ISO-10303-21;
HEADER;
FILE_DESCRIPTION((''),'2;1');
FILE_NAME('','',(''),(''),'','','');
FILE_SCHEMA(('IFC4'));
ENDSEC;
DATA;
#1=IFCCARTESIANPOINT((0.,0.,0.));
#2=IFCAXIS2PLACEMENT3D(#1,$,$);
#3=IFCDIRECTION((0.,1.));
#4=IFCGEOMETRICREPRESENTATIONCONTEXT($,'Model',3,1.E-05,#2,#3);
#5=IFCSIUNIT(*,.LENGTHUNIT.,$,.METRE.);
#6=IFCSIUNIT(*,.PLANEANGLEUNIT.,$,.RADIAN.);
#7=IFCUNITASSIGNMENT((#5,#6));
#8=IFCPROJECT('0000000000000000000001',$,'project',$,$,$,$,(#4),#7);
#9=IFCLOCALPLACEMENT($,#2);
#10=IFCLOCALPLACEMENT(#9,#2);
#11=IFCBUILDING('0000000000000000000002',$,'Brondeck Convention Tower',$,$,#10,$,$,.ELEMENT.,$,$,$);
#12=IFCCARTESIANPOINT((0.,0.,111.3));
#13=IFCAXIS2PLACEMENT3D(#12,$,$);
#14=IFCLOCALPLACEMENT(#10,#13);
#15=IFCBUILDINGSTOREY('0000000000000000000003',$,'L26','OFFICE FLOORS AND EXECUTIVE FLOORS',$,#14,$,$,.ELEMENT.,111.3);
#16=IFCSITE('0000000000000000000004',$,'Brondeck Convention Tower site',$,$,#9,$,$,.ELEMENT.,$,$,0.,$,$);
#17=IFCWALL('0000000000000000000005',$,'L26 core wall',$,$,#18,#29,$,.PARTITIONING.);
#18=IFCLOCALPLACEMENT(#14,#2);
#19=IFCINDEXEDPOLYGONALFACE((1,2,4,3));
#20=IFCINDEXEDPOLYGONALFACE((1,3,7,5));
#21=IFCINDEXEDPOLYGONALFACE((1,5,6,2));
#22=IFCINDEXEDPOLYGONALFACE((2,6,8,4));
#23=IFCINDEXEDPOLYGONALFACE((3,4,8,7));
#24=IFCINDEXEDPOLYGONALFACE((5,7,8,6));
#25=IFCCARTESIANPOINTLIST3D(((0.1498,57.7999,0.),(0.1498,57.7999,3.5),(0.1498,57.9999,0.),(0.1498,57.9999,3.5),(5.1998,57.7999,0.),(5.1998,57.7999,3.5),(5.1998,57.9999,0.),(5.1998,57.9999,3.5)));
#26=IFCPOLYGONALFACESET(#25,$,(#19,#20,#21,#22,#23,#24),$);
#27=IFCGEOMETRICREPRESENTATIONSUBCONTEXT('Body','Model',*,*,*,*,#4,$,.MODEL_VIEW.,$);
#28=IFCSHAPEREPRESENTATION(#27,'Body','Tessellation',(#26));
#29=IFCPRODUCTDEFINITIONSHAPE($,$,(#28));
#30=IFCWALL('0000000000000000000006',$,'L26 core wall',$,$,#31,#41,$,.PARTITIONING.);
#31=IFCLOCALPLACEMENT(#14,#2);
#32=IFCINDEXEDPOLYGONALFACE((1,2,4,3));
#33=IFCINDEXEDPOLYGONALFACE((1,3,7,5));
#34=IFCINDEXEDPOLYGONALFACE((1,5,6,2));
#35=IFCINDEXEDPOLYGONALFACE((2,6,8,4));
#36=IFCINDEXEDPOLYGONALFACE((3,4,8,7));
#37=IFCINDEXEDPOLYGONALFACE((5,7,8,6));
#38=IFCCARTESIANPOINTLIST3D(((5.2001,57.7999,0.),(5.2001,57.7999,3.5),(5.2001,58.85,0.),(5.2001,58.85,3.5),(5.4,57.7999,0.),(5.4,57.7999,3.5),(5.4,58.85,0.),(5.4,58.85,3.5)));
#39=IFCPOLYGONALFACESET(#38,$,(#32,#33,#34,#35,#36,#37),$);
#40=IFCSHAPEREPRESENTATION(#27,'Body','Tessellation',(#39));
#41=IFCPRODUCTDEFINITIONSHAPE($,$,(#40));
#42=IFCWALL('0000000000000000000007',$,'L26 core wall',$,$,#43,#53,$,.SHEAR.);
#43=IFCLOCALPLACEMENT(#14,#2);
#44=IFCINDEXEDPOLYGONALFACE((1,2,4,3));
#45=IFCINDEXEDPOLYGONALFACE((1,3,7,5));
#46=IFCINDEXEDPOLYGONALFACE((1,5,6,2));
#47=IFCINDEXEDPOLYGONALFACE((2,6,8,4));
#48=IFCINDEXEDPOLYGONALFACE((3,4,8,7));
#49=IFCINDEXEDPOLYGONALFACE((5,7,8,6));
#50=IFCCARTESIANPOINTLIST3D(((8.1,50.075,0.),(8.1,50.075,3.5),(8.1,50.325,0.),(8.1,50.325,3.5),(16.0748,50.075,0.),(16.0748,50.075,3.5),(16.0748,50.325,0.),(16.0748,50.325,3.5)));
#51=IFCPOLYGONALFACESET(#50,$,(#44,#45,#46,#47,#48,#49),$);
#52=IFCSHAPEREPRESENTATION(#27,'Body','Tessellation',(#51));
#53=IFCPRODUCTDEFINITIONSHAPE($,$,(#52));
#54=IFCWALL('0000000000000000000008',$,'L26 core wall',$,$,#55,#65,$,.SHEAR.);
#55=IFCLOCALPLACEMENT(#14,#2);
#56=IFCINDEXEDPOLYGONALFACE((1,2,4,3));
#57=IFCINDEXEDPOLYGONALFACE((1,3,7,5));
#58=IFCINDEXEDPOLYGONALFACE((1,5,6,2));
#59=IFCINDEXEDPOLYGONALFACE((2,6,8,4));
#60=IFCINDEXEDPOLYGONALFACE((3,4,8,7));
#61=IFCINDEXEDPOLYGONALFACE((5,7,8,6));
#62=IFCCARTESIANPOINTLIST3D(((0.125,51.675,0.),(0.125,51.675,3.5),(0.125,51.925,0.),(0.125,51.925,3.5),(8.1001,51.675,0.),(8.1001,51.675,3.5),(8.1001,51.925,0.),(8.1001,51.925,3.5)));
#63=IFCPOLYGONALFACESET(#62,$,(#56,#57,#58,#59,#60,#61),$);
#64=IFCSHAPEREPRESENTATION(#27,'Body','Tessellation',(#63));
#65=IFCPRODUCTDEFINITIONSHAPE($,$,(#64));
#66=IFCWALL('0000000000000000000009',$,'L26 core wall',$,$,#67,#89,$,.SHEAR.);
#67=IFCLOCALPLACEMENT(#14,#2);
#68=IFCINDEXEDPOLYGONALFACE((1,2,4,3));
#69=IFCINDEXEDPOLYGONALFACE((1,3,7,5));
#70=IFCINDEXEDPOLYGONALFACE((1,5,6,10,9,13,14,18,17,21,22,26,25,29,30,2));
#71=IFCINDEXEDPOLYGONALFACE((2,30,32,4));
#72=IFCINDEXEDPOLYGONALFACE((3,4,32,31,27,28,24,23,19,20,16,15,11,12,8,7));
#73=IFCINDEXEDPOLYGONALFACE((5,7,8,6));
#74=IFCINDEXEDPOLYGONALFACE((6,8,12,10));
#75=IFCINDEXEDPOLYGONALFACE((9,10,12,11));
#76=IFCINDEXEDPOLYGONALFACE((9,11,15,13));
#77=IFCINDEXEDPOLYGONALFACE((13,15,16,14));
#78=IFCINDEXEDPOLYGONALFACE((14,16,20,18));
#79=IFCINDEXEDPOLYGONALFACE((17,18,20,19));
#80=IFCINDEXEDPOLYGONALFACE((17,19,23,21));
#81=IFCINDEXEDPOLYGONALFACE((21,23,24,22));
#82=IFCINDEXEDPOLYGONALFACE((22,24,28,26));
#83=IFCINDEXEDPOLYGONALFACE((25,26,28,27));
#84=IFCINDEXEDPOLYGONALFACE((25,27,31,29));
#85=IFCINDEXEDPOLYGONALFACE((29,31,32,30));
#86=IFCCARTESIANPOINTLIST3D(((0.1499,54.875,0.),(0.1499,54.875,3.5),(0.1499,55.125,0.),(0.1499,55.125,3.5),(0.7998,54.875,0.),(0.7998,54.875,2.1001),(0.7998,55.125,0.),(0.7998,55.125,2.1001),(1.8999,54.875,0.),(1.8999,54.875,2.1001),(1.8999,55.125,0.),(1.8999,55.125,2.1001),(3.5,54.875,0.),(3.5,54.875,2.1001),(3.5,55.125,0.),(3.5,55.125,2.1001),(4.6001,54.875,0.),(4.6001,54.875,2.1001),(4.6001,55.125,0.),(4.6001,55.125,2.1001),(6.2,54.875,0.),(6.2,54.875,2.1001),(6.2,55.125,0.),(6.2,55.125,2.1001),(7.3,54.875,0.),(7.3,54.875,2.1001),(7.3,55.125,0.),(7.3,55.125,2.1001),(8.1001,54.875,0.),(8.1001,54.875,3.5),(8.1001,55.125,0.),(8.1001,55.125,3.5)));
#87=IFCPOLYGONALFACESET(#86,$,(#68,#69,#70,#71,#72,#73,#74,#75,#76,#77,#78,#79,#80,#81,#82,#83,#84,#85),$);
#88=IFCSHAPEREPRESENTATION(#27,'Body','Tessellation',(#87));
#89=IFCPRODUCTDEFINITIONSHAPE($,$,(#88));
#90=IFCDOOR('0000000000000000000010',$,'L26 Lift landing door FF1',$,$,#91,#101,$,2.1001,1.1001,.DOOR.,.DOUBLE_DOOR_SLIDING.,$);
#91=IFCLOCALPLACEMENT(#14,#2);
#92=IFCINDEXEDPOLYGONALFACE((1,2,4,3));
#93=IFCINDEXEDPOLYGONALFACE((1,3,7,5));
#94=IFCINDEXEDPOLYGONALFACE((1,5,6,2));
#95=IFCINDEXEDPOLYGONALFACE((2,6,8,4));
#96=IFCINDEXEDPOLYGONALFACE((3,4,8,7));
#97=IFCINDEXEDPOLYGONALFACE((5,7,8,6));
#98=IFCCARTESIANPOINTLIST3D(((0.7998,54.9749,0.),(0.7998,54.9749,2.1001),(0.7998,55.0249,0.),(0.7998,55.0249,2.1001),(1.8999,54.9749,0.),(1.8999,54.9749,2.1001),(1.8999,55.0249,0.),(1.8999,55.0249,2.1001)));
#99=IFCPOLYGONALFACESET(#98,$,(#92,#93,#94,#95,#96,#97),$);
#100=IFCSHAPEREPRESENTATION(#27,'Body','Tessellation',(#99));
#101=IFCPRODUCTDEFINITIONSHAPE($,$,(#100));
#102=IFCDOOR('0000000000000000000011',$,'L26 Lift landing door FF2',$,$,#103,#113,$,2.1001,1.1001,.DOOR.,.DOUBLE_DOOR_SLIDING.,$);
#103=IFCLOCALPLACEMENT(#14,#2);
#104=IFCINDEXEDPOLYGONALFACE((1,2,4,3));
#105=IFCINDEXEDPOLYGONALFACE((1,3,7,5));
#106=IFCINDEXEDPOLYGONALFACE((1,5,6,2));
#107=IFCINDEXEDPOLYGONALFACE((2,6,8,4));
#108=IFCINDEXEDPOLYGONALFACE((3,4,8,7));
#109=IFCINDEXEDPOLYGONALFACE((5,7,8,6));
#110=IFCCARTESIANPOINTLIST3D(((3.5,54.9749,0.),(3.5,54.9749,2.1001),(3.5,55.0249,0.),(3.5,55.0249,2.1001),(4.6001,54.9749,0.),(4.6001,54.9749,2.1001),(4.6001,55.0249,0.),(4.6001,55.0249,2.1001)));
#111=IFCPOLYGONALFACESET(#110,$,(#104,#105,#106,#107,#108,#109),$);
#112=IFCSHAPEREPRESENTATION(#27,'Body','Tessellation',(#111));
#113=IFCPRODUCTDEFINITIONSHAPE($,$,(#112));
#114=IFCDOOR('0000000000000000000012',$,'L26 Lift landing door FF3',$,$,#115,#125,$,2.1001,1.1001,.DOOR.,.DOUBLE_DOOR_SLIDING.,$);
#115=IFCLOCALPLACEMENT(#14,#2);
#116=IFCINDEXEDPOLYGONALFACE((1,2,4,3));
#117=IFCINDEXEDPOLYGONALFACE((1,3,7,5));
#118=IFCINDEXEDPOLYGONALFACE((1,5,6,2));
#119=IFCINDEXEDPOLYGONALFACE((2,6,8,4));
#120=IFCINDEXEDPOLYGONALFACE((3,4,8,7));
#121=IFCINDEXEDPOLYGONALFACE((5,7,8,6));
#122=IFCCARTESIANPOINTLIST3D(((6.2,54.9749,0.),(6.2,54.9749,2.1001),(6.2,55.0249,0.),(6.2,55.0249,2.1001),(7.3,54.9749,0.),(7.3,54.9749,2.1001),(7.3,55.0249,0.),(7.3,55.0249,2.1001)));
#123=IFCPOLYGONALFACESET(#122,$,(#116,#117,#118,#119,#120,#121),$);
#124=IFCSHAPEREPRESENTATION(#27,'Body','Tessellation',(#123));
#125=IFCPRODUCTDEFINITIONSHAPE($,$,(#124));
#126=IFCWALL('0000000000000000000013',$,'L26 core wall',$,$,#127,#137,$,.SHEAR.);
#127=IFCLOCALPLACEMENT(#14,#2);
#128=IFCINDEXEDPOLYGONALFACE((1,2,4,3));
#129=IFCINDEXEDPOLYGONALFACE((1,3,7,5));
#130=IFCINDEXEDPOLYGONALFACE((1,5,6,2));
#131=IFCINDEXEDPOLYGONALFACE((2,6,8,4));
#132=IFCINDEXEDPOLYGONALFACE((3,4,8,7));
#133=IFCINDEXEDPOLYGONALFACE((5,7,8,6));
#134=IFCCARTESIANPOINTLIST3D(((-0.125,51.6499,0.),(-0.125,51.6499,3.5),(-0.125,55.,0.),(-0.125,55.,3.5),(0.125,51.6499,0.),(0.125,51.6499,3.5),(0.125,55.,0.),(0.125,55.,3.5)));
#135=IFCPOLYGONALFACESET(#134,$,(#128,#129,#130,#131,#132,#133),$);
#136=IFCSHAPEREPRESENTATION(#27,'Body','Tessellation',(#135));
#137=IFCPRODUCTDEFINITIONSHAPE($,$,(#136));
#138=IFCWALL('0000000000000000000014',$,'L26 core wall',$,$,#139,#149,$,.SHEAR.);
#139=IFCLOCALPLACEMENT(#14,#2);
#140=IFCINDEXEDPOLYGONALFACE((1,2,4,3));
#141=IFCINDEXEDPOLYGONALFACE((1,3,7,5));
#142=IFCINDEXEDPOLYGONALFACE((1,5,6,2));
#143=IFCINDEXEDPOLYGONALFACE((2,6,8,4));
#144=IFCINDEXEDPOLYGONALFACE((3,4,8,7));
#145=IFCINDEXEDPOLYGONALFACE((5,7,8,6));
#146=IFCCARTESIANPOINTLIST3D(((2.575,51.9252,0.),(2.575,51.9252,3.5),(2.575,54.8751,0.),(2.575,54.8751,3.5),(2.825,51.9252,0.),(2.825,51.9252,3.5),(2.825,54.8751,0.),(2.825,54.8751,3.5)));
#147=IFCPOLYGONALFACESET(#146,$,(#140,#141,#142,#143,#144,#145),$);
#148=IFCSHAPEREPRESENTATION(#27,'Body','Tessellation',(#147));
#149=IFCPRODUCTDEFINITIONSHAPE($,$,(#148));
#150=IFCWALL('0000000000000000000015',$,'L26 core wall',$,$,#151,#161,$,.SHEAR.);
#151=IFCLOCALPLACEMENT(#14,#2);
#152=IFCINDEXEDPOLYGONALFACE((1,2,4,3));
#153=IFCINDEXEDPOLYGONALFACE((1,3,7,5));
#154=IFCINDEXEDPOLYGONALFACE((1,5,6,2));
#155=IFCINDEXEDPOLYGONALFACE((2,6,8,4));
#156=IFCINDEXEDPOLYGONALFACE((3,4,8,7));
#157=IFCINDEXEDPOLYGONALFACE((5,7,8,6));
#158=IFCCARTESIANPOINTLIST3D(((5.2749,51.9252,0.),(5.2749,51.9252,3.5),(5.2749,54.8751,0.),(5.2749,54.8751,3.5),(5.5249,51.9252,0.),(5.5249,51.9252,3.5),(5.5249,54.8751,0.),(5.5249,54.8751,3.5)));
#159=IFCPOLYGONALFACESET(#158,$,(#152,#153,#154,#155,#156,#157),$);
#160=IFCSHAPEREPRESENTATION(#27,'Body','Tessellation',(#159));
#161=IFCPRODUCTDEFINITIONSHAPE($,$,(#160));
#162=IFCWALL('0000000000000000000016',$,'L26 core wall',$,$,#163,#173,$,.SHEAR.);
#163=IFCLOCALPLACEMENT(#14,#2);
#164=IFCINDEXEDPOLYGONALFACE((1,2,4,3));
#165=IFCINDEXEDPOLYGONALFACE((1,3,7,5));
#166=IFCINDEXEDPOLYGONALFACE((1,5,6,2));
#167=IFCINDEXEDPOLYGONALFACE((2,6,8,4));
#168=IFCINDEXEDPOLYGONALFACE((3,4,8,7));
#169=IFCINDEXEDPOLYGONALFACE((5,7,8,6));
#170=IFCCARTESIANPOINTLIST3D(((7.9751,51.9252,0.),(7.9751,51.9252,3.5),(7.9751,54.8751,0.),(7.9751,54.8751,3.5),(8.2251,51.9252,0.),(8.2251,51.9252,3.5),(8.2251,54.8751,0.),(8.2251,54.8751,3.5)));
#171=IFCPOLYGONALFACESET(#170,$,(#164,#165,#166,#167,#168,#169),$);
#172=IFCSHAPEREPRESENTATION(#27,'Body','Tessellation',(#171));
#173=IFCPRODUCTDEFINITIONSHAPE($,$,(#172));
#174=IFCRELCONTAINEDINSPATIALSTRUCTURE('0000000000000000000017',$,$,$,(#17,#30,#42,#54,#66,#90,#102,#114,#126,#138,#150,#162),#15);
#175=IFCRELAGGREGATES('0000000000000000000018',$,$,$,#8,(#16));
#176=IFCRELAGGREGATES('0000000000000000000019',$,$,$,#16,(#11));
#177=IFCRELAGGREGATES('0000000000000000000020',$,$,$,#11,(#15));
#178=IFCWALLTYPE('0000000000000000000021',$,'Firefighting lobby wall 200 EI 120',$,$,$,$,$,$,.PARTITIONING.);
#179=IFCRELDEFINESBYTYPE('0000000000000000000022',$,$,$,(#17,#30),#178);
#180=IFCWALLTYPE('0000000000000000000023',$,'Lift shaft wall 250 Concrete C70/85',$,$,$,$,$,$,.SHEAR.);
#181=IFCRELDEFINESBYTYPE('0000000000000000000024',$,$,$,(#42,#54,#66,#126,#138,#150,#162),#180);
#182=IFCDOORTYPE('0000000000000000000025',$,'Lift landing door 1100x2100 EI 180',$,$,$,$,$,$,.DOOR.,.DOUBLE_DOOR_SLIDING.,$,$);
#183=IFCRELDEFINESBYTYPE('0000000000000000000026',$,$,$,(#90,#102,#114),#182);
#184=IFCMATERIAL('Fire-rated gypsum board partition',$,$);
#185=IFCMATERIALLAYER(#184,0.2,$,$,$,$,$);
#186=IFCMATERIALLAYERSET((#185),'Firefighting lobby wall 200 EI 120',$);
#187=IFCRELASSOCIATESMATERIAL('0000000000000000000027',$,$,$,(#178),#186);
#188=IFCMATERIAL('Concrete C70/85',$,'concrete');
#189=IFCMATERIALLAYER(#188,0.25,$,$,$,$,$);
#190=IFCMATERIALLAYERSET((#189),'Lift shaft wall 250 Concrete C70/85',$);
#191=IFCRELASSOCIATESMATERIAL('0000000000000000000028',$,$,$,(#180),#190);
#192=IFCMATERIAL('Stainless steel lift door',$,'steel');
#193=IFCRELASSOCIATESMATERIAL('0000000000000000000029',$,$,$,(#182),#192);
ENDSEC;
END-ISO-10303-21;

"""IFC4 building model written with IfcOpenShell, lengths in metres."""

from ifc_helpers import new_model, si_unit, direction, frame, frame_2d, origin, place, context, subcontext, project, spatial, rectangle, extrude, material, layer, layer_set, type_object, element, fill, save


model = new_model("IFC4")

# Units and contexts
model_context = context("Model", 3, precision=1e-05, world=origin(), true_north=direction((0.0, 1.0)))
body_context = subcontext(model_context, "Body", "Model", "MODEL_VIEW")
ifc_project = project(units=[si_unit("LENGTHUNIT", "METRE"), si_unit("PLANEANGLEUNIT", "RADIAN")], contexts=[model_context])

# Site, building, storey
site_placement = place(None, origin())
site = spatial("IfcSite", under=ifc_project, at=site_placement, Name="Brondeck Convention Tower site", CompositionType="ELEMENT", RefElevation=0.0)
building_placement = place(site_placement, origin())
building = spatial("IfcBuilding", under=site, at=building_placement, Name="Brondeck Convention Tower", CompositionType="ELEMENT")
storey_placement = place(building_placement, frame((0.0, 0.0, 111.3)))
storey = spatial("IfcBuildingStorey", under=building, at=storey_placement, Name="L26", Description="OFFICE FLOORS AND EXECUTIVE FLOORS", CompositionType="ELEMENT", Elevation=111.3)

# Shared definitions
ifc_material_1 = material(Name="Concrete C70/85", Category="concrete")

# Shared definitions
ifc_material_2 = material(Name="Fire-rated gypsum board partition")

# Shared definitions
ifc_layer_1 = layer(ifc_material_2, 0.2)
ifc_layer_set_1 = layer_set([ifc_layer_1], Name="Firefighting lobby wall 200 EI 120")
wall_type_1 = type_object("IfcWallType", Name="Firefighting lobby wall 200 EI 120", PredefinedType="PARTITIONING", material=ifc_layer_set_1)

# Walls
wall_1_placement = place(storey_placement, frame((0.1499, 57.8999, 0.0), z_axis=(0.0, 0.0, 1.0), x_axis=(1.0, 0.0, 0.0)))
element("IfcWall", 1, at=wall_1_placement, inside=storey, type_object=wall_type_1, Name="L26 core wall", PredefinedType="PARTITIONING", context=body_context, shape_type="SweptSolid", body=[
    extrude(rectangle(XDim=5.05, YDim=0.2, at=frame_2d((2.5249, 0.0))), origin(), (0.0, 0.0, 1.0), 3.5),
])
wall_2_placement = place(storey_placement, frame((5.3, 57.8, 0.0), z_axis=(0.0, 0.0, 1.0), x_axis=(0.0, 1.0, 0.0)))
element("IfcWall", 2, at=wall_2_placement, inside=storey, type_object=wall_type_1, Name="L26 core wall", PredefinedType="PARTITIONING", context=body_context, shape_type="SweptSolid", body=[
    extrude(rectangle(XDim=1.05, YDim=0.2, at=frame_2d((0.5249, 0.0))), origin(), (0.0, 0.0, 1.0), 3.5),
])
ifc_layer_2 = layer(ifc_material_1, 0.25)
ifc_layer_set_2 = layer_set([ifc_layer_2], Name="Lift shaft wall 250 Concrete C70/85")
wall_type_2 = type_object("IfcWallType", Name="Lift shaft wall 250 Concrete C70/85", PredefinedType="SHEAR", material=ifc_layer_set_2)
wall_3_placement = place(storey_placement, frame((8.1001, 50.2, 0.0), z_axis=(0.0, 0.0, 1.0), x_axis=(1.0, 0.0, 0.0)))
element("IfcWall", 3, at=wall_3_placement, inside=storey, type_object=wall_type_2, Name="L26 core wall", PredefinedType="SHEAR", context=body_context, shape_type="SweptSolid", body=[
    extrude(rectangle(XDim=7.9749, YDim=0.25, at=frame_2d((3.9873, 0.0))), origin(), (0.0, 0.0, 1.0), 3.5),
])
wall_4_placement = place(storey_placement, frame((0.125, 51.8, 0.0), z_axis=(0.0, 0.0, 1.0), x_axis=(1.0, 0.0, 0.0)))
element("IfcWall", 4, at=wall_4_placement, inside=storey, type_object=wall_type_2, Name="L26 core wall", PredefinedType="SHEAR", context=body_context, shape_type="SweptSolid", body=[
    extrude(rectangle(XDim=7.9751, YDim=0.25, at=frame_2d((3.9875, 0.0))), origin(), (0.0, 0.0, 1.0), 3.5),
])

# Wall, openings, doors
wall_5_placement = place(storey_placement, frame((0.1499, 55.0, 0.0), z_axis=(0.0, 0.0, 1.0), x_axis=(1.0, 0.0, 0.0)))
wall_5 = element("IfcWall", 5, at=wall_5_placement, inside=storey, type_object=wall_type_2, Name="L26 core wall", PredefinedType="SHEAR", context=body_context, shape_type="SweptSolid", body=[
    extrude(rectangle(XDim=7.9502, YDim=0.25, at=frame_2d((3.9751, 0.0))), origin(), (0.0, 0.0, 1.0), 3.5),
])
opening_1_placement = place(wall_5_placement, frame((0.6499, 0.0, 0.0)))
opening_1 = element("IfcOpeningElement", 6, at=opening_1_placement, cuts=wall_5, PredefinedType="OPENING", context=body_context, shape_type="SweptSolid", body=[
    extrude(rectangle(XDim=1.1001, YDim=2.1001, at=frame_2d((0.55, 1.05))), frame((0.0, 0.135, 0.0), z_axis=(0.0, -1.0, 0.0), x_axis=(1.0, 0.0, 0.0)), (0.0, 0.0, 1.0), 0.27),
])
opening_2_placement = place(wall_5_placement, frame((3.3501, 0.0, 0.0)))
opening_2 = element("IfcOpeningElement", 7, at=opening_2_placement, cuts=wall_5, PredefinedType="OPENING", context=body_context, shape_type="SweptSolid", body=[
    extrude(rectangle(XDim=1.1001, YDim=2.1001, at=frame_2d((0.55, 1.05))), frame((0.0, 0.135, 0.0), z_axis=(0.0, -1.0, 0.0), x_axis=(1.0, 0.0, 0.0)), (0.0, 0.0, 1.0), 0.27),
])
opening_3_placement = place(wall_5_placement, frame((6.05, 0.0, 0.0)))
opening_3 = element("IfcOpeningElement", 8, at=opening_3_placement, cuts=wall_5, PredefinedType="OPENING", context=body_context, shape_type="SweptSolid", body=[
    extrude(rectangle(XDim=1.1001, YDim=2.1001, at=frame_2d((0.55, 1.05))), frame((0.0, 0.135, 0.0), z_axis=(0.0, -1.0, 0.0), x_axis=(1.0, 0.0, 0.0)), (0.0, 0.0, 1.0), 0.27),
])
ifc_material_3 = material(Name="Stainless steel lift door", Category="steel")
door_type_1 = type_object("IfcDoorType", Name="Lift landing door 1100x2100 EI 180", OperationType="DOUBLE_DOOR_SLIDING", PredefinedType="DOOR", material=ifc_material_3)
door_1_placement = place(opening_1_placement, origin())
door_1 = element("IfcDoor", 9, at=door_1_placement, inside=storey, type_object=door_type_1, Name="L26 Lift landing door FF1", OperationType="DOUBLE_DOOR_SLIDING", OverallHeight=2.1001, OverallWidth=1.1001, PredefinedType="DOOR", context=body_context, shape_type="SweptSolid", body=[
    extrude(rectangle(XDim=1.1001, YDim=2.1001, at=frame_2d((0.55, 1.05))), frame((0.0, 0.0249, 0.0), z_axis=(0.0, -1.0, 0.0), x_axis=(1.0, 0.0, 0.0)), (0.0, 0.0, 1.0), 0.05),
])
fill(opening_1, door_1)
door_2_placement = place(opening_2_placement, origin())
door_2 = element("IfcDoor", 10, at=door_2_placement, inside=storey, type_object=door_type_1, Name="L26 Lift landing door FF2", OperationType="DOUBLE_DOOR_SLIDING", OverallHeight=2.1001, OverallWidth=1.1001, PredefinedType="DOOR", context=body_context, shape_type="SweptSolid", body=[
    extrude(rectangle(XDim=1.1001, YDim=2.1001, at=frame_2d((0.55, 1.05))), frame((0.0, 0.0249, 0.0), z_axis=(0.0, -1.0, 0.0), x_axis=(1.0, 0.0, 0.0)), (0.0, 0.0, 1.0), 0.05),
])
fill(opening_2, door_2)
door_3_placement = place(opening_3_placement, origin())
door_3 = element("IfcDoor", 11, at=door_3_placement, inside=storey, type_object=door_type_1, Name="L26 Lift landing door FF3", OperationType="DOUBLE_DOOR_SLIDING", OverallHeight=2.1001, OverallWidth=1.1001, PredefinedType="DOOR", context=body_context, shape_type="SweptSolid", body=[
    extrude(rectangle(XDim=1.1001, YDim=2.1001, at=frame_2d((0.55, 1.05))), frame((0.0, 0.0249, 0.0), z_axis=(0.0, -1.0, 0.0), x_axis=(1.0, 0.0, 0.0)), (0.0, 0.0, 1.0), 0.05),
])
fill(opening_3, door_3)

# Walls
wall_6_placement = place(storey_placement, frame((0.0, 51.6499, 0.0), z_axis=(0.0, 0.0, 1.0), x_axis=(0.0, 1.0, 0.0)))
element("IfcWall", 12, at=wall_6_placement, inside=storey, type_object=wall_type_2, Name="L26 core wall", PredefinedType="SHEAR", context=body_context, shape_type="SweptSolid", body=[
    extrude(rectangle(XDim=3.3501, YDim=0.25, at=frame_2d((1.675, 0.0))), origin(), (0.0, 0.0, 1.0), 3.5),
])
for number, where, z_axis, x_axis, name in (
    (13, (2.7, 51.925, 0.0), (0.0, 0.0, 1.0), (0.0, 1.0, 0.0), "L26 core wall"),
    (14, (5.3999, 51.925, 0.0), (0.0, 0.0, 1.0), (0.0, 1.0, 0.0), "L26 core wall"),
    (15, (8.1001, 51.925, 0.0), (0.0, 0.0, 1.0), (0.0, 1.0, 0.0), "L26 core wall"),
):
    element("IfcWall", number, at=place(storey_placement, frame(where, z_axis=z_axis, x_axis=x_axis)), inside=storey, type_object=wall_type_2, Name=name, PredefinedType="SHEAR", context=body_context, shape_type="SweptSolid", body=[
        extrude(rectangle(XDim=2.95, YDim=0.25, at=frame_2d((1.4751, 0.0))), origin(), (0.0, 0.0, 1.0), 3.5),
    ])

save(model, "model.ifc")
